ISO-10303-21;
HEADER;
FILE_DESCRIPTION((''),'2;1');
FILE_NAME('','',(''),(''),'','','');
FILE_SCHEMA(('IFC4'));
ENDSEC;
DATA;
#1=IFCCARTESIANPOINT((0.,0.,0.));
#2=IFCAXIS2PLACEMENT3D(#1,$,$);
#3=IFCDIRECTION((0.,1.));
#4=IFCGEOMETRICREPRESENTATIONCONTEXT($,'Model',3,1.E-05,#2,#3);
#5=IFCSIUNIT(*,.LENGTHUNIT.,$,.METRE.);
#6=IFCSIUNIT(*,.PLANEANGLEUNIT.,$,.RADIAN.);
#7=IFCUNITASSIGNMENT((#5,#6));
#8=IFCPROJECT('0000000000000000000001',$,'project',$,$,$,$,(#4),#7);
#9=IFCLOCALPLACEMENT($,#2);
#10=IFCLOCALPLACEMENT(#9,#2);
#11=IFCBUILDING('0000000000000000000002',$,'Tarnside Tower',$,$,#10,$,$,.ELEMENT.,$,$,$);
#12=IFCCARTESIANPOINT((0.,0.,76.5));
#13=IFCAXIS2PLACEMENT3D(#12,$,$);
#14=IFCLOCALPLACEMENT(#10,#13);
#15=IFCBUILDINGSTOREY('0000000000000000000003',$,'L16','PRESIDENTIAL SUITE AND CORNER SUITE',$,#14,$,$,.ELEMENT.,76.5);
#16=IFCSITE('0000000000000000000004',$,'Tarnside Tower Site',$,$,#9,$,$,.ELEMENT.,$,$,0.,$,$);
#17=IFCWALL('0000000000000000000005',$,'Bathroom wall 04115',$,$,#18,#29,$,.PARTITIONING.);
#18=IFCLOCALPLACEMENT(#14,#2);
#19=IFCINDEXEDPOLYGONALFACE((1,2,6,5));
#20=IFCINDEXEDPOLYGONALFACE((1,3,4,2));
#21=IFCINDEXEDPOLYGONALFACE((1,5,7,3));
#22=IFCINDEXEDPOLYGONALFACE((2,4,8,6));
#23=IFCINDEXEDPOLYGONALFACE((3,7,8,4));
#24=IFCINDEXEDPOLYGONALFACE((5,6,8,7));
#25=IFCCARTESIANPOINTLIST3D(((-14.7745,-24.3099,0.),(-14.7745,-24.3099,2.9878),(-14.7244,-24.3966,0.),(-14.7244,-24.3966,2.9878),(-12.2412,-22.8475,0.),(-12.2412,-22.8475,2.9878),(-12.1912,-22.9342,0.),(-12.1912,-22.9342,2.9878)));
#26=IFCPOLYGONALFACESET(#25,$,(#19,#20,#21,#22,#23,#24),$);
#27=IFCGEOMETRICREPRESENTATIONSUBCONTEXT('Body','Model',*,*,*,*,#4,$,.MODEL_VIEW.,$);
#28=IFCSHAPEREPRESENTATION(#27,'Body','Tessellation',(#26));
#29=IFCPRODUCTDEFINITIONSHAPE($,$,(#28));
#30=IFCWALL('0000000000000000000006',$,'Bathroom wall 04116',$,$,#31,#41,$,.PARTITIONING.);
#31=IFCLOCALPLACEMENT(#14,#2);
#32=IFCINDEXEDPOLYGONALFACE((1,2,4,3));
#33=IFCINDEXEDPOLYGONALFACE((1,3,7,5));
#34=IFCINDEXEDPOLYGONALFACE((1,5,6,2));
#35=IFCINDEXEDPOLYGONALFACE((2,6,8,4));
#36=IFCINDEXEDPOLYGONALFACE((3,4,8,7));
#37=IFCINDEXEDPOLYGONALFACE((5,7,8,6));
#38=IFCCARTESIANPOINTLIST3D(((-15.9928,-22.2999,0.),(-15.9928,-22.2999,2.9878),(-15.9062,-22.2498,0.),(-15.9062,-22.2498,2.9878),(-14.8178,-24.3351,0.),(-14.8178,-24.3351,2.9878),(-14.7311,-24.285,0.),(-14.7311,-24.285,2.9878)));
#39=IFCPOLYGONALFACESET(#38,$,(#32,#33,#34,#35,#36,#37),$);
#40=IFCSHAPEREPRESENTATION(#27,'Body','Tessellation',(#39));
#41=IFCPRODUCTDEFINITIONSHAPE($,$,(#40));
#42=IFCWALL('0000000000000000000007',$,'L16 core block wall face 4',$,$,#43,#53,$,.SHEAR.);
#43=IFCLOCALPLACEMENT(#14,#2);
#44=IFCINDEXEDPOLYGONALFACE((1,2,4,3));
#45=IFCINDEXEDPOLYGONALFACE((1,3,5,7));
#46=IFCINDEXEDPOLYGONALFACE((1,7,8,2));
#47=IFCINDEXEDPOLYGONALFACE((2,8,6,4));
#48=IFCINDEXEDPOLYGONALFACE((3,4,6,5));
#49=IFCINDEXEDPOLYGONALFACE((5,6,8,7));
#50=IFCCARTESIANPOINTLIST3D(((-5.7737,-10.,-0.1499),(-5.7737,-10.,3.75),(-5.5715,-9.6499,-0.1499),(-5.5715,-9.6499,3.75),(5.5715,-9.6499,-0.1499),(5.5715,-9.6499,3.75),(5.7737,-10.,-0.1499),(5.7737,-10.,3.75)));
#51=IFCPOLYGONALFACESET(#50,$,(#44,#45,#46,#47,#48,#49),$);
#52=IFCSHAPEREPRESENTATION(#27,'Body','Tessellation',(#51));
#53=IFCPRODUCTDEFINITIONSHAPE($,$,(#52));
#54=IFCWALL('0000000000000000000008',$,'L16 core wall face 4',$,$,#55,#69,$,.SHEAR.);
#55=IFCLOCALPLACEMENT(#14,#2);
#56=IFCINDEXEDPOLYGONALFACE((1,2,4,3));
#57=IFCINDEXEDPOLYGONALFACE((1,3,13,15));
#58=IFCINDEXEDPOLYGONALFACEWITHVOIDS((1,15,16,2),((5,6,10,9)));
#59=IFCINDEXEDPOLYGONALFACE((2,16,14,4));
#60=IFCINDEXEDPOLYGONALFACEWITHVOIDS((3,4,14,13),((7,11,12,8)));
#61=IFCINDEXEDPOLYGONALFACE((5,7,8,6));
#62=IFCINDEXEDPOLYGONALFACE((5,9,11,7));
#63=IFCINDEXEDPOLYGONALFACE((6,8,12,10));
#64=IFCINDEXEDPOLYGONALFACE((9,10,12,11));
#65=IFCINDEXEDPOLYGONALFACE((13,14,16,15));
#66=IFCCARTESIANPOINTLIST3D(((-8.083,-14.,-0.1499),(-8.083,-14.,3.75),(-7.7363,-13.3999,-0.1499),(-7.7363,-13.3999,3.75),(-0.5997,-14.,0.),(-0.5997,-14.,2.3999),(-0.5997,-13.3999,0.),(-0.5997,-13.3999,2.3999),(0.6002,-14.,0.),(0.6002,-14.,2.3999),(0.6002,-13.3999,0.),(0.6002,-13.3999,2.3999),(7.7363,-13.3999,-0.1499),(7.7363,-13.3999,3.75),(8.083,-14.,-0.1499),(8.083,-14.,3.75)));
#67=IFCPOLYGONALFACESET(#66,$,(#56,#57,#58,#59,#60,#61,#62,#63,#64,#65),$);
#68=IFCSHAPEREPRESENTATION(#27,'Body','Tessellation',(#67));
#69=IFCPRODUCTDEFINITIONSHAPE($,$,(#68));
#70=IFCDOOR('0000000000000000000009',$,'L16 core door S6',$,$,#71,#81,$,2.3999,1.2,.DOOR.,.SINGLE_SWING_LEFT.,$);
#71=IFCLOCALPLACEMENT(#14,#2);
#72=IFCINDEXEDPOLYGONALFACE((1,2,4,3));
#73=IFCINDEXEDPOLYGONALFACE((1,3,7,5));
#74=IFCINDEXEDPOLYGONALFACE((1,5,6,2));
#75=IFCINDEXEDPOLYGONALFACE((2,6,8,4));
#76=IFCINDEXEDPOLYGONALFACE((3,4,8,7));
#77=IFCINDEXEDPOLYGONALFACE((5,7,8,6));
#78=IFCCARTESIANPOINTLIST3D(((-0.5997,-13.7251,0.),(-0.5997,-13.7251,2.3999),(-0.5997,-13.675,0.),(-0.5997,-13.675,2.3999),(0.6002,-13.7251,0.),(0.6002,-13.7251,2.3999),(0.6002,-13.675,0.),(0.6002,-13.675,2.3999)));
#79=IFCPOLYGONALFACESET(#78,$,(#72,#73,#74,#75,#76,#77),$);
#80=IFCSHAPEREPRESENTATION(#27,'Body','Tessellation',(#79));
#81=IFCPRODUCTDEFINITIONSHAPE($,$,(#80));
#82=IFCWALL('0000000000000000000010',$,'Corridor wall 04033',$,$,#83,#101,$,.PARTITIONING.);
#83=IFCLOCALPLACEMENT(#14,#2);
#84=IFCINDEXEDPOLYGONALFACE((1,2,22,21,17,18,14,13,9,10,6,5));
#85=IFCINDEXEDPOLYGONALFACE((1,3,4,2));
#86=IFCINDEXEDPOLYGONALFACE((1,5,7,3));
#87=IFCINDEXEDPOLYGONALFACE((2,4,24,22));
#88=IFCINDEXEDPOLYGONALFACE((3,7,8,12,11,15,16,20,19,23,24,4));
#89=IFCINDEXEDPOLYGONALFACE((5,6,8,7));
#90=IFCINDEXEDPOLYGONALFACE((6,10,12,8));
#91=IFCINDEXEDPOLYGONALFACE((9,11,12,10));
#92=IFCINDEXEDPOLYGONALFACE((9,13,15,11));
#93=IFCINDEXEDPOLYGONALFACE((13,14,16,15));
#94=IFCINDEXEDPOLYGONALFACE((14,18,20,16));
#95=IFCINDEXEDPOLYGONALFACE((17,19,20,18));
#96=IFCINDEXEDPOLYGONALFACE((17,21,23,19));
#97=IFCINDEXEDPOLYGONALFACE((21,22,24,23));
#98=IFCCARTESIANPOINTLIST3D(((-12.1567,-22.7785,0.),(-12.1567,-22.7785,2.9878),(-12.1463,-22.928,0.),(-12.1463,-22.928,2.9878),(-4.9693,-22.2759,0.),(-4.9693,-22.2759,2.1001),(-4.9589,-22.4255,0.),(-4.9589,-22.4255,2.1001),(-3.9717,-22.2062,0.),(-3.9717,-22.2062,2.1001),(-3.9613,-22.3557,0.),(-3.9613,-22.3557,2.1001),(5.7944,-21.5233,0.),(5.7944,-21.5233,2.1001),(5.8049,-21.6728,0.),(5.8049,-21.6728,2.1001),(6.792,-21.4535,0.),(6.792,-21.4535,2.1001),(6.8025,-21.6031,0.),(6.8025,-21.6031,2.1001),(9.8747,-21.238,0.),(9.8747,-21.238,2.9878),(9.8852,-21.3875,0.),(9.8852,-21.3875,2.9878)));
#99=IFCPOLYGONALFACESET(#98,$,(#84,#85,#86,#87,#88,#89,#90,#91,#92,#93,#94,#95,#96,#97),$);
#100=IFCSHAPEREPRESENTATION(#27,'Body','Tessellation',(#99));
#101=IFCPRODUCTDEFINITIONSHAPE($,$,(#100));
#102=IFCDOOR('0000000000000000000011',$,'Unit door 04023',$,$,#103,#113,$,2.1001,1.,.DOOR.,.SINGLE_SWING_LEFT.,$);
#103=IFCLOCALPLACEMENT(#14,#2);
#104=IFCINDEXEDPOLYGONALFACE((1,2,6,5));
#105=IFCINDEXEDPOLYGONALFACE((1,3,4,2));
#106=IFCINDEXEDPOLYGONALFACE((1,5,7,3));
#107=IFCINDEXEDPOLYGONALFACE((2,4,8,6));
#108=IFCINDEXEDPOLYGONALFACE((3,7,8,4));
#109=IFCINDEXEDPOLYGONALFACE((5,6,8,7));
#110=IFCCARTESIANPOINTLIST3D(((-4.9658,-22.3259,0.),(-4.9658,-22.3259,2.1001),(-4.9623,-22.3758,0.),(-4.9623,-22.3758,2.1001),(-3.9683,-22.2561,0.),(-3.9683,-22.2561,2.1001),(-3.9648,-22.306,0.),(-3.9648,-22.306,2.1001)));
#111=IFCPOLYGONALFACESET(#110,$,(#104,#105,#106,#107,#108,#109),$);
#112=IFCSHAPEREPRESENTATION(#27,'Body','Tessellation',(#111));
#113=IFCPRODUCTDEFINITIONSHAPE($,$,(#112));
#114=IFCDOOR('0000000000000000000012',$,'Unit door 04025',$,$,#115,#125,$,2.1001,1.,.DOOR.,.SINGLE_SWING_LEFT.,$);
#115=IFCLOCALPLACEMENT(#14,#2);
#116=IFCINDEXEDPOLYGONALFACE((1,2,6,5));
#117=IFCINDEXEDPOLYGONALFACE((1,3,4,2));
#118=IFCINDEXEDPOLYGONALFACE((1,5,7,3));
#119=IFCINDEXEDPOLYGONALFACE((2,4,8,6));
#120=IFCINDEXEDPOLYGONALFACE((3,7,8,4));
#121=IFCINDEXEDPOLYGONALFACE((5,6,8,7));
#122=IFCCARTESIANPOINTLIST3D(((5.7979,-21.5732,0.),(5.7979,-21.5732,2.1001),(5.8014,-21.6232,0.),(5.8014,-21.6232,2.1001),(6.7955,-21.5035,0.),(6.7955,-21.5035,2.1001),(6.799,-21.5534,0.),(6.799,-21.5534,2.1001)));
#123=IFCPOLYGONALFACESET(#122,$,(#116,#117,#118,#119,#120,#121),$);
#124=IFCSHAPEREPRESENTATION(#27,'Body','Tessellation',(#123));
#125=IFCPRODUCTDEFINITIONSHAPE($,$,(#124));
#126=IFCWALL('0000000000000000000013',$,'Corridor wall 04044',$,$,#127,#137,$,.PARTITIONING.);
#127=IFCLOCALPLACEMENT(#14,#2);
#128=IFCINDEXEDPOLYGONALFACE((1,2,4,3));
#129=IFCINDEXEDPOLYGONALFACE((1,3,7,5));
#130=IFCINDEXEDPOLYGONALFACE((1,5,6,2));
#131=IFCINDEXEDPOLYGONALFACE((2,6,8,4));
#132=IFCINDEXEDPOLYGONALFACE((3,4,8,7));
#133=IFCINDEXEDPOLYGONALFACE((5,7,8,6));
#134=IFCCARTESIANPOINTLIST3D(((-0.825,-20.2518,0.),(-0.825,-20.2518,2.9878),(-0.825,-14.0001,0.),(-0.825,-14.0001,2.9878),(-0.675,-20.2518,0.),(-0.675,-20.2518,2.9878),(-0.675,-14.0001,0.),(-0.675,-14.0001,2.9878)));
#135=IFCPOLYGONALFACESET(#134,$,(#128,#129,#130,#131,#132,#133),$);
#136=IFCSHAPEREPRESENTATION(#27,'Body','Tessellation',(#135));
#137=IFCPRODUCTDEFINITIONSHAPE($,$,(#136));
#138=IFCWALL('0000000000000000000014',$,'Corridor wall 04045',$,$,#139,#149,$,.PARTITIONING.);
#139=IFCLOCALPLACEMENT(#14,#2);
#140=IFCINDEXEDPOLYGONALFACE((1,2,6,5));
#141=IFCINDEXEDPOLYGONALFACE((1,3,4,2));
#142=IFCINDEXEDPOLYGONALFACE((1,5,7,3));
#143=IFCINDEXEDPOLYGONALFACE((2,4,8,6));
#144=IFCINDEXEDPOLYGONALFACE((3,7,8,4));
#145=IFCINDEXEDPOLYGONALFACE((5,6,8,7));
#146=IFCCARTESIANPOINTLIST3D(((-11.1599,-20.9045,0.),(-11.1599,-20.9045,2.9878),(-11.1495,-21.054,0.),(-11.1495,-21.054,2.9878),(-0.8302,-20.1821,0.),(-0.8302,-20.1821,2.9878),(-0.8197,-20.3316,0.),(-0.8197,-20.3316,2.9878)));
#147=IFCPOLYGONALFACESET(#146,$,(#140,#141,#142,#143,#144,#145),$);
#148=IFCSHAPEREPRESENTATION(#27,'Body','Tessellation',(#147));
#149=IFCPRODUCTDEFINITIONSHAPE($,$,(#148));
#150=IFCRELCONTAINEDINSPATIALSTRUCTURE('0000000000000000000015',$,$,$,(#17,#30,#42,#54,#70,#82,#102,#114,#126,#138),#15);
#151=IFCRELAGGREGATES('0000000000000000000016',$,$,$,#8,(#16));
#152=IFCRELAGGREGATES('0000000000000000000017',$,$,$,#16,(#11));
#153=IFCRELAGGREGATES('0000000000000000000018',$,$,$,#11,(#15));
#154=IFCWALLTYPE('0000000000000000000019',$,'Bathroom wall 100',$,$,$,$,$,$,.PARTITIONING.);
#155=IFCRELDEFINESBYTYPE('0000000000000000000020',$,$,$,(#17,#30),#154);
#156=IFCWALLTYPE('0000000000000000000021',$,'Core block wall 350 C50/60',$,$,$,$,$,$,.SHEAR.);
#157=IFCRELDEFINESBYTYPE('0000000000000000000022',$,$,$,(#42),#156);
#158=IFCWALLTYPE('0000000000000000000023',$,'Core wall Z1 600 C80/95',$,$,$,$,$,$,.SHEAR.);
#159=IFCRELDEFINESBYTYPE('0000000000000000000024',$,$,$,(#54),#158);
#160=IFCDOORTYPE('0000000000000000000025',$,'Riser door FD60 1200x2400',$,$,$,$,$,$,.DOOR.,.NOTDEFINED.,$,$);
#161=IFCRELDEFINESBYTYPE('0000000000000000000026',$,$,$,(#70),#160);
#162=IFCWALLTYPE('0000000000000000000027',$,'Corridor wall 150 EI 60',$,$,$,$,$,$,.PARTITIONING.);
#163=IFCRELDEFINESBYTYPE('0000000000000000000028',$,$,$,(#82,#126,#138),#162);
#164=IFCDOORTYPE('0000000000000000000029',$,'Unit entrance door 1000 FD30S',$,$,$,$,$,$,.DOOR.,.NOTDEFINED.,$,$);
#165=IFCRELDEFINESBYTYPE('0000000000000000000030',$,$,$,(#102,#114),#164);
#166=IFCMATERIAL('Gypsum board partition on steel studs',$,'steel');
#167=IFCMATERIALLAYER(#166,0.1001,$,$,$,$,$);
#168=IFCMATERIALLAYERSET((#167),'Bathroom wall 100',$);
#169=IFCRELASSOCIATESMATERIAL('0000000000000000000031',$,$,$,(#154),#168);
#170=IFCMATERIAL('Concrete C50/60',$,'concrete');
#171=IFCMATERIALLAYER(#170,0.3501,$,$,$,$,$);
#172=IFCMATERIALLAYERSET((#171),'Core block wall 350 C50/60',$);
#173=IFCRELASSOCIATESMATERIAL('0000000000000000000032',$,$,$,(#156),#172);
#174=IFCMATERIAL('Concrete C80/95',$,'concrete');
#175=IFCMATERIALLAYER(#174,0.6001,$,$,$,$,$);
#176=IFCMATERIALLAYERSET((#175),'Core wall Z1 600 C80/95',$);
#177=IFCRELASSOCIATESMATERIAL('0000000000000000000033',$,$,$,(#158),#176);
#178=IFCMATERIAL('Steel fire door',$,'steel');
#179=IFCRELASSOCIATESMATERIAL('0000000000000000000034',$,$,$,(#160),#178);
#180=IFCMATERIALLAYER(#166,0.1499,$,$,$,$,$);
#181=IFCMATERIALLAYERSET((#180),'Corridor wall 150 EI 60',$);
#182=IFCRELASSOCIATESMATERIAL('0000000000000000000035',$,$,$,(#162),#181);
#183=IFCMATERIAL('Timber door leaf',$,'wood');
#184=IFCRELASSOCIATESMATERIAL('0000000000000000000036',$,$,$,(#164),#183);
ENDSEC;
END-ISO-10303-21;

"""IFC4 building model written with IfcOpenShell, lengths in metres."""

from ifc_helpers import new_model, si_unit, direction, frame, frame_2d, origin, place, context, subcontext, project, spatial, polyline, rectangle, outline, extrude, material, layer, layer_set, type_object, element, fill, save


model = new_model("IFC4")

# Units and contexts
model_context = context("Model", 3, precision=1e-05, world=origin(), true_north=direction((0.0, 1.0)))
body_context = subcontext(model_context, "Body", "Model", "MODEL_VIEW")
ifc_project = project(units=[si_unit("LENGTHUNIT", "METRE"), si_unit("PLANEANGLEUNIT", "RADIAN")], contexts=[model_context])

# Site, building, storey
site_placement = place(None, origin())
site = spatial("IfcSite", under=ifc_project, at=site_placement, Name="Tarnside Tower Site", CompositionType="ELEMENT", RefElevation=0.0)
building_placement = place(site_placement, origin())
building = spatial("IfcBuilding", under=site, at=building_placement, Name="Tarnside Tower", CompositionType="ELEMENT")
storey_placement = place(building_placement, frame((0.0, 0.0, 76.5)))
storey = spatial("IfcBuildingStorey", under=building, at=storey_placement, Name="L16", Description="PRESIDENTIAL SUITE AND CORNER SUITE", CompositionType="ELEMENT", Elevation=76.5)

# Walls
ifc_material_1 = material(Name="Gypsum board partition on steel studs", Category="steel")
ifc_layer_1 = layer(ifc_material_1, 0.1001)
ifc_layer_set_1 = layer_set([ifc_layer_1], Name="Bathroom wall 100")
wall_type_1 = type_object("IfcWallType", Name="Bathroom wall 100", PredefinedType="PARTITIONING", material=ifc_layer_set_1)
wall_1_placement = place(storey_placement, frame((-12.2163, -22.8909, 0.0), z_axis=(0.0, 0.0, 1.0), x_axis=(-0.866047, -0.499963, 0.0)))
element("IfcWall", 1, at=wall_1_placement, inside=storey, type_object=wall_type_1, Name="Bathroom wall 04115", PredefinedType="PARTITIONING", context=body_context, shape_type="SweptSolid", body=[
    extrude(rectangle(XDim=2.925, YDim=0.1001, at=frame_2d((1.4624, 0.0))), origin(), (0.0, 0.0, 1.0), 2.9878),
])
wall_2_placement = place(storey_placement, frame((-14.7744, -24.3101, 0.0), z_axis=(0.0, 0.0, 1.0), x_axis=(-0.500016, 0.866016, 0.0)))
element("IfcWall", 2, at=wall_2_placement, inside=storey, type_object=wall_type_1, Name="Bathroom wall 04116", PredefinedType="PARTITIONING", context=body_context, shape_type="SweptSolid", body=[
    extrude(rectangle(XDim=2.3501, YDim=0.1001, at=frame_2d((1.175, 0.0))), origin(), (0.0, 0.0, 1.0), 2.9878),
])
ifc_material_2 = material(Name="Concrete C50/60", Category="concrete")
ifc_layer_2 = layer(ifc_material_2, 0.3501)
ifc_layer_set_2 = layer_set([ifc_layer_2], Name="Core block wall 350 C50/60")
wall_type_2 = type_object("IfcWallType", Name="Core block wall 350 C50/60", PredefinedType="SHEAR", material=ifc_layer_set_2)
wall_3_placement = place(storey_placement, frame((-5.6726, -9.825, -0.1499), z_axis=(0.0, 0.0, 1.0), x_axis=(1.0, 0.0, 0.0)))
element("IfcWall", 3, at=wall_3_placement, inside=storey, type_object=wall_type_2, Name="L16 core block wall face 4", PredefinedType="SHEAR", context=body_context, shape_type="SweptSolid", body=[
    extrude(outline(polyline([(-0.1011, -0.175), (11.4463, -0.175), (11.2441, 0.175), (0.1011, 0.175), (-0.1011, -0.175)])), origin(), (0.0, 0.0, 1.0), 3.8999),
])

# Wall, opening, door
ifc_material_3 = material(Name="Concrete C80/95", Category="concrete")
ifc_layer_3 = layer(ifc_material_3, 0.6001)
ifc_layer_set_3 = layer_set([ifc_layer_3], Name="Core wall Z1 600 C80/95")
wall_type_3 = type_object("IfcWallType", Name="Core wall Z1 600 C80/95", PredefinedType="SHEAR", material=ifc_layer_set_3)
wall_4_placement = place(storey_placement, frame((-7.9097, -13.7, -0.1499), z_axis=(0.0, 0.0, 1.0), x_axis=(1.0, 0.0, 0.0)))
wall_4 = element("IfcWall", 4, at=wall_4_placement, inside=storey, type_object=wall_type_3, Name="L16 core wall face 4", PredefinedType="SHEAR", context=body_context, shape_type="SweptSolid", body=[
    extrude(outline(polyline([(-0.1733, -0.3), (15.9927, -0.3), (15.646, 0.3), (0.1733, 0.3), (-0.1733, -0.3)])), origin(), (0.0, 0.0, 1.0), 3.8999),
])
opening_1_placement = place(wall_4_placement, frame((7.3098, 0.0, 0.1499)))
opening_1 = element("IfcOpeningElement", 5, at=opening_1_placement, cuts=wall_4, PredefinedType="OPENING", context=body_context, shape_type="SweptSolid", body=[
    extrude(rectangle(XDim=1.2, YDim=2.3999, at=frame_2d((0.6001, 1.2))), frame((0.0, 0.3101, 0.0), z_axis=(0.0, -1.0, 0.0), x_axis=(1.0, 0.0, 0.0)), (0.0, 0.0, 1.0), 0.6201),
])
ifc_material_4 = material(Name="Steel fire door", Category="steel")
door_type_1 = type_object("IfcDoorType", Name="Riser door FD60 1200x2400", OperationType="NOTDEFINED", PredefinedType="DOOR", material=ifc_material_4)
door_1_placement = place(opening_1_placement, origin())
door_1 = element("IfcDoor", 6, at=door_1_placement, inside=storey, type_object=door_type_1, Name="L16 core door S6", OperationType="SINGLE_SWING_LEFT", OverallHeight=2.3999, OverallWidth=1.2, PredefinedType="DOOR", context=body_context, shape_type="SweptSolid", body=[
    extrude(rectangle(XDim=1.2, YDim=2.3999, at=frame_2d((0.6001, 1.2))), frame((0.0, 0.0249, 0.0), z_axis=(0.0, -1.0, 0.0), x_axis=(1.0, 0.0, 0.0)), (0.0, 0.0, 1.0), 0.05),
])
fill(opening_1, door_1)

# Wall, openings, doors
ifc_layer_4 = layer(ifc_material_1, 0.1499)
ifc_layer_set_4 = layer_set([ifc_layer_4], Name="Corridor wall 150 EI 60")
wall_type_4 = type_object("IfcWallType", Name="Corridor wall 150 EI 60", PredefinedType="PARTITIONING", material=ifc_layer_set_4)
wall_5_placement = place(storey_placement, frame((-12.1514, -22.8533, 0.0), z_axis=(0.0, 0.0, 1.0), x_axis=(0.997564, 0.069754, 0.0)))
wall_5 = element("IfcWall", 7, at=wall_5_placement, inside=storey, type_object=wall_type_4, Name="Corridor wall 04033", PredefinedType="PARTITIONING", context=body_context, shape_type="SweptSolid", body=[
    extrude(rectangle(XDim=22.0852, YDim=0.1499, at=frame_2d((11.0425, 0.0))), origin(), (0.0, 0.0, 1.0), 2.9878),
])
opening_2_placement = place(wall_5_placement, frame((7.2048, 0.0, 0.0)))
opening_2 = element("IfcOpeningElement", 8, at=opening_2_placement, cuts=wall_5, PredefinedType="OPENING", context=body_context, shape_type="SweptSolid", body=[
    extrude(rectangle(XDim=1.0, YDim=2.1001, at=frame_2d((0.5, 1.05))), frame((0.0, 0.085, 0.0), z_axis=(0.0, -1.0, 0.0), x_axis=(1.0, 0.0, 0.0)), (0.0, 0.0, 1.0), 0.1699),
])
opening_3_placement = place(wall_5_placement, frame((17.9949, 0.0, 0.0)))
opening_3 = element("IfcOpeningElement", 9, at=opening_3_placement, cuts=wall_5, PredefinedType="OPENING", context=body_context, shape_type="SweptSolid", body=[
    extrude(rectangle(XDim=1.0, YDim=2.1001, at=frame_2d((0.5, 1.05))), frame((0.0, 0.085, 0.0), z_axis=(0.0, -1.0, 0.0), x_axis=(1.0, 0.0, 0.0)), (0.0, 0.0, 1.0), 0.1699),
])
ifc_material_5 = material(Name="Timber door leaf", Category="wood")
door_type_2 = type_object("IfcDoorType", Name="Unit entrance door 1000 FD30S", OperationType="NOTDEFINED", PredefinedType="DOOR", material=ifc_material_5)
door_2_placement = place(opening_2_placement, origin())
door_2 = element("IfcDoor", 10, at=door_2_placement, inside=storey, type_object=door_type_2, Name="Unit door 04023", OperationType="SINGLE_SWING_LEFT", OverallHeight=2.1001, OverallWidth=1.0, PredefinedType="DOOR", context=body_context, shape_type="SweptSolid", body=[
    extrude(rectangle(XDim=1.0, YDim=2.1001, at=frame_2d((0.5, 1.05))), frame((0.0, 0.0249, 0.0), z_axis=(0.0, -1.0, 0.0), x_axis=(1.0, 0.0, 0.0)), (0.0, 0.0, 1.0), 0.05),
])
fill(opening_2, door_2)
door_3_placement = place(opening_3_placement, origin())
door_3 = element("IfcDoor", 11, at=door_3_placement, inside=storey, type_object=door_type_2, Name="Unit door 04025", OperationType="SINGLE_SWING_LEFT", OverallHeight=2.1001, OverallWidth=1.0, PredefinedType="DOOR", context=body_context, shape_type="SweptSolid", body=[
    extrude(rectangle(XDim=1.0, YDim=2.1001, at=frame_2d((0.5, 1.05))), frame((0.0, 0.0249, 0.0), z_axis=(0.0, -1.0, 0.0), x_axis=(1.0, 0.0, 0.0)), (0.0, 0.0, 1.0), 0.05),
])
fill(opening_3, door_3)

# Walls
wall_6_placement = place(storey_placement, frame((-0.75, -14.0, 0.0), z_axis=(0.0, 0.0, 1.0), x_axis=(0.0, -1.0, 0.0)))
element("IfcWall", 12, at=wall_6_placement, inside=storey, type_object=wall_type_4, Name="Corridor wall 04044", PredefinedType="PARTITIONING", context=body_context, shape_type="SweptSolid", body=[
    extrude(rectangle(XDim=6.2517, YDim=0.1499, at=frame_2d((3.126, 0.0))), origin(), (0.0, 0.0, 1.0), 2.9878),
])
wall_7_placement = place(storey_placement, frame((-0.825, -20.2568, 0.0), z_axis=(0.0, 0.0, 1.0), x_axis=(-0.997564, -0.069764, 0.0)))
element("IfcWall", 13, at=wall_7_placement, inside=storey, type_object=wall_type_4, Name="Corridor wall 04045", PredefinedType="PARTITIONING", context=body_context, shape_type="SweptSolid", body=[
    extrude(rectangle(XDim=10.355, YDim=0.1499, at=frame_2d((5.1775, 0.0))), origin(), (0.0, 0.0, 1.0), 2.9878),
])

save(model, "model.ifc")
